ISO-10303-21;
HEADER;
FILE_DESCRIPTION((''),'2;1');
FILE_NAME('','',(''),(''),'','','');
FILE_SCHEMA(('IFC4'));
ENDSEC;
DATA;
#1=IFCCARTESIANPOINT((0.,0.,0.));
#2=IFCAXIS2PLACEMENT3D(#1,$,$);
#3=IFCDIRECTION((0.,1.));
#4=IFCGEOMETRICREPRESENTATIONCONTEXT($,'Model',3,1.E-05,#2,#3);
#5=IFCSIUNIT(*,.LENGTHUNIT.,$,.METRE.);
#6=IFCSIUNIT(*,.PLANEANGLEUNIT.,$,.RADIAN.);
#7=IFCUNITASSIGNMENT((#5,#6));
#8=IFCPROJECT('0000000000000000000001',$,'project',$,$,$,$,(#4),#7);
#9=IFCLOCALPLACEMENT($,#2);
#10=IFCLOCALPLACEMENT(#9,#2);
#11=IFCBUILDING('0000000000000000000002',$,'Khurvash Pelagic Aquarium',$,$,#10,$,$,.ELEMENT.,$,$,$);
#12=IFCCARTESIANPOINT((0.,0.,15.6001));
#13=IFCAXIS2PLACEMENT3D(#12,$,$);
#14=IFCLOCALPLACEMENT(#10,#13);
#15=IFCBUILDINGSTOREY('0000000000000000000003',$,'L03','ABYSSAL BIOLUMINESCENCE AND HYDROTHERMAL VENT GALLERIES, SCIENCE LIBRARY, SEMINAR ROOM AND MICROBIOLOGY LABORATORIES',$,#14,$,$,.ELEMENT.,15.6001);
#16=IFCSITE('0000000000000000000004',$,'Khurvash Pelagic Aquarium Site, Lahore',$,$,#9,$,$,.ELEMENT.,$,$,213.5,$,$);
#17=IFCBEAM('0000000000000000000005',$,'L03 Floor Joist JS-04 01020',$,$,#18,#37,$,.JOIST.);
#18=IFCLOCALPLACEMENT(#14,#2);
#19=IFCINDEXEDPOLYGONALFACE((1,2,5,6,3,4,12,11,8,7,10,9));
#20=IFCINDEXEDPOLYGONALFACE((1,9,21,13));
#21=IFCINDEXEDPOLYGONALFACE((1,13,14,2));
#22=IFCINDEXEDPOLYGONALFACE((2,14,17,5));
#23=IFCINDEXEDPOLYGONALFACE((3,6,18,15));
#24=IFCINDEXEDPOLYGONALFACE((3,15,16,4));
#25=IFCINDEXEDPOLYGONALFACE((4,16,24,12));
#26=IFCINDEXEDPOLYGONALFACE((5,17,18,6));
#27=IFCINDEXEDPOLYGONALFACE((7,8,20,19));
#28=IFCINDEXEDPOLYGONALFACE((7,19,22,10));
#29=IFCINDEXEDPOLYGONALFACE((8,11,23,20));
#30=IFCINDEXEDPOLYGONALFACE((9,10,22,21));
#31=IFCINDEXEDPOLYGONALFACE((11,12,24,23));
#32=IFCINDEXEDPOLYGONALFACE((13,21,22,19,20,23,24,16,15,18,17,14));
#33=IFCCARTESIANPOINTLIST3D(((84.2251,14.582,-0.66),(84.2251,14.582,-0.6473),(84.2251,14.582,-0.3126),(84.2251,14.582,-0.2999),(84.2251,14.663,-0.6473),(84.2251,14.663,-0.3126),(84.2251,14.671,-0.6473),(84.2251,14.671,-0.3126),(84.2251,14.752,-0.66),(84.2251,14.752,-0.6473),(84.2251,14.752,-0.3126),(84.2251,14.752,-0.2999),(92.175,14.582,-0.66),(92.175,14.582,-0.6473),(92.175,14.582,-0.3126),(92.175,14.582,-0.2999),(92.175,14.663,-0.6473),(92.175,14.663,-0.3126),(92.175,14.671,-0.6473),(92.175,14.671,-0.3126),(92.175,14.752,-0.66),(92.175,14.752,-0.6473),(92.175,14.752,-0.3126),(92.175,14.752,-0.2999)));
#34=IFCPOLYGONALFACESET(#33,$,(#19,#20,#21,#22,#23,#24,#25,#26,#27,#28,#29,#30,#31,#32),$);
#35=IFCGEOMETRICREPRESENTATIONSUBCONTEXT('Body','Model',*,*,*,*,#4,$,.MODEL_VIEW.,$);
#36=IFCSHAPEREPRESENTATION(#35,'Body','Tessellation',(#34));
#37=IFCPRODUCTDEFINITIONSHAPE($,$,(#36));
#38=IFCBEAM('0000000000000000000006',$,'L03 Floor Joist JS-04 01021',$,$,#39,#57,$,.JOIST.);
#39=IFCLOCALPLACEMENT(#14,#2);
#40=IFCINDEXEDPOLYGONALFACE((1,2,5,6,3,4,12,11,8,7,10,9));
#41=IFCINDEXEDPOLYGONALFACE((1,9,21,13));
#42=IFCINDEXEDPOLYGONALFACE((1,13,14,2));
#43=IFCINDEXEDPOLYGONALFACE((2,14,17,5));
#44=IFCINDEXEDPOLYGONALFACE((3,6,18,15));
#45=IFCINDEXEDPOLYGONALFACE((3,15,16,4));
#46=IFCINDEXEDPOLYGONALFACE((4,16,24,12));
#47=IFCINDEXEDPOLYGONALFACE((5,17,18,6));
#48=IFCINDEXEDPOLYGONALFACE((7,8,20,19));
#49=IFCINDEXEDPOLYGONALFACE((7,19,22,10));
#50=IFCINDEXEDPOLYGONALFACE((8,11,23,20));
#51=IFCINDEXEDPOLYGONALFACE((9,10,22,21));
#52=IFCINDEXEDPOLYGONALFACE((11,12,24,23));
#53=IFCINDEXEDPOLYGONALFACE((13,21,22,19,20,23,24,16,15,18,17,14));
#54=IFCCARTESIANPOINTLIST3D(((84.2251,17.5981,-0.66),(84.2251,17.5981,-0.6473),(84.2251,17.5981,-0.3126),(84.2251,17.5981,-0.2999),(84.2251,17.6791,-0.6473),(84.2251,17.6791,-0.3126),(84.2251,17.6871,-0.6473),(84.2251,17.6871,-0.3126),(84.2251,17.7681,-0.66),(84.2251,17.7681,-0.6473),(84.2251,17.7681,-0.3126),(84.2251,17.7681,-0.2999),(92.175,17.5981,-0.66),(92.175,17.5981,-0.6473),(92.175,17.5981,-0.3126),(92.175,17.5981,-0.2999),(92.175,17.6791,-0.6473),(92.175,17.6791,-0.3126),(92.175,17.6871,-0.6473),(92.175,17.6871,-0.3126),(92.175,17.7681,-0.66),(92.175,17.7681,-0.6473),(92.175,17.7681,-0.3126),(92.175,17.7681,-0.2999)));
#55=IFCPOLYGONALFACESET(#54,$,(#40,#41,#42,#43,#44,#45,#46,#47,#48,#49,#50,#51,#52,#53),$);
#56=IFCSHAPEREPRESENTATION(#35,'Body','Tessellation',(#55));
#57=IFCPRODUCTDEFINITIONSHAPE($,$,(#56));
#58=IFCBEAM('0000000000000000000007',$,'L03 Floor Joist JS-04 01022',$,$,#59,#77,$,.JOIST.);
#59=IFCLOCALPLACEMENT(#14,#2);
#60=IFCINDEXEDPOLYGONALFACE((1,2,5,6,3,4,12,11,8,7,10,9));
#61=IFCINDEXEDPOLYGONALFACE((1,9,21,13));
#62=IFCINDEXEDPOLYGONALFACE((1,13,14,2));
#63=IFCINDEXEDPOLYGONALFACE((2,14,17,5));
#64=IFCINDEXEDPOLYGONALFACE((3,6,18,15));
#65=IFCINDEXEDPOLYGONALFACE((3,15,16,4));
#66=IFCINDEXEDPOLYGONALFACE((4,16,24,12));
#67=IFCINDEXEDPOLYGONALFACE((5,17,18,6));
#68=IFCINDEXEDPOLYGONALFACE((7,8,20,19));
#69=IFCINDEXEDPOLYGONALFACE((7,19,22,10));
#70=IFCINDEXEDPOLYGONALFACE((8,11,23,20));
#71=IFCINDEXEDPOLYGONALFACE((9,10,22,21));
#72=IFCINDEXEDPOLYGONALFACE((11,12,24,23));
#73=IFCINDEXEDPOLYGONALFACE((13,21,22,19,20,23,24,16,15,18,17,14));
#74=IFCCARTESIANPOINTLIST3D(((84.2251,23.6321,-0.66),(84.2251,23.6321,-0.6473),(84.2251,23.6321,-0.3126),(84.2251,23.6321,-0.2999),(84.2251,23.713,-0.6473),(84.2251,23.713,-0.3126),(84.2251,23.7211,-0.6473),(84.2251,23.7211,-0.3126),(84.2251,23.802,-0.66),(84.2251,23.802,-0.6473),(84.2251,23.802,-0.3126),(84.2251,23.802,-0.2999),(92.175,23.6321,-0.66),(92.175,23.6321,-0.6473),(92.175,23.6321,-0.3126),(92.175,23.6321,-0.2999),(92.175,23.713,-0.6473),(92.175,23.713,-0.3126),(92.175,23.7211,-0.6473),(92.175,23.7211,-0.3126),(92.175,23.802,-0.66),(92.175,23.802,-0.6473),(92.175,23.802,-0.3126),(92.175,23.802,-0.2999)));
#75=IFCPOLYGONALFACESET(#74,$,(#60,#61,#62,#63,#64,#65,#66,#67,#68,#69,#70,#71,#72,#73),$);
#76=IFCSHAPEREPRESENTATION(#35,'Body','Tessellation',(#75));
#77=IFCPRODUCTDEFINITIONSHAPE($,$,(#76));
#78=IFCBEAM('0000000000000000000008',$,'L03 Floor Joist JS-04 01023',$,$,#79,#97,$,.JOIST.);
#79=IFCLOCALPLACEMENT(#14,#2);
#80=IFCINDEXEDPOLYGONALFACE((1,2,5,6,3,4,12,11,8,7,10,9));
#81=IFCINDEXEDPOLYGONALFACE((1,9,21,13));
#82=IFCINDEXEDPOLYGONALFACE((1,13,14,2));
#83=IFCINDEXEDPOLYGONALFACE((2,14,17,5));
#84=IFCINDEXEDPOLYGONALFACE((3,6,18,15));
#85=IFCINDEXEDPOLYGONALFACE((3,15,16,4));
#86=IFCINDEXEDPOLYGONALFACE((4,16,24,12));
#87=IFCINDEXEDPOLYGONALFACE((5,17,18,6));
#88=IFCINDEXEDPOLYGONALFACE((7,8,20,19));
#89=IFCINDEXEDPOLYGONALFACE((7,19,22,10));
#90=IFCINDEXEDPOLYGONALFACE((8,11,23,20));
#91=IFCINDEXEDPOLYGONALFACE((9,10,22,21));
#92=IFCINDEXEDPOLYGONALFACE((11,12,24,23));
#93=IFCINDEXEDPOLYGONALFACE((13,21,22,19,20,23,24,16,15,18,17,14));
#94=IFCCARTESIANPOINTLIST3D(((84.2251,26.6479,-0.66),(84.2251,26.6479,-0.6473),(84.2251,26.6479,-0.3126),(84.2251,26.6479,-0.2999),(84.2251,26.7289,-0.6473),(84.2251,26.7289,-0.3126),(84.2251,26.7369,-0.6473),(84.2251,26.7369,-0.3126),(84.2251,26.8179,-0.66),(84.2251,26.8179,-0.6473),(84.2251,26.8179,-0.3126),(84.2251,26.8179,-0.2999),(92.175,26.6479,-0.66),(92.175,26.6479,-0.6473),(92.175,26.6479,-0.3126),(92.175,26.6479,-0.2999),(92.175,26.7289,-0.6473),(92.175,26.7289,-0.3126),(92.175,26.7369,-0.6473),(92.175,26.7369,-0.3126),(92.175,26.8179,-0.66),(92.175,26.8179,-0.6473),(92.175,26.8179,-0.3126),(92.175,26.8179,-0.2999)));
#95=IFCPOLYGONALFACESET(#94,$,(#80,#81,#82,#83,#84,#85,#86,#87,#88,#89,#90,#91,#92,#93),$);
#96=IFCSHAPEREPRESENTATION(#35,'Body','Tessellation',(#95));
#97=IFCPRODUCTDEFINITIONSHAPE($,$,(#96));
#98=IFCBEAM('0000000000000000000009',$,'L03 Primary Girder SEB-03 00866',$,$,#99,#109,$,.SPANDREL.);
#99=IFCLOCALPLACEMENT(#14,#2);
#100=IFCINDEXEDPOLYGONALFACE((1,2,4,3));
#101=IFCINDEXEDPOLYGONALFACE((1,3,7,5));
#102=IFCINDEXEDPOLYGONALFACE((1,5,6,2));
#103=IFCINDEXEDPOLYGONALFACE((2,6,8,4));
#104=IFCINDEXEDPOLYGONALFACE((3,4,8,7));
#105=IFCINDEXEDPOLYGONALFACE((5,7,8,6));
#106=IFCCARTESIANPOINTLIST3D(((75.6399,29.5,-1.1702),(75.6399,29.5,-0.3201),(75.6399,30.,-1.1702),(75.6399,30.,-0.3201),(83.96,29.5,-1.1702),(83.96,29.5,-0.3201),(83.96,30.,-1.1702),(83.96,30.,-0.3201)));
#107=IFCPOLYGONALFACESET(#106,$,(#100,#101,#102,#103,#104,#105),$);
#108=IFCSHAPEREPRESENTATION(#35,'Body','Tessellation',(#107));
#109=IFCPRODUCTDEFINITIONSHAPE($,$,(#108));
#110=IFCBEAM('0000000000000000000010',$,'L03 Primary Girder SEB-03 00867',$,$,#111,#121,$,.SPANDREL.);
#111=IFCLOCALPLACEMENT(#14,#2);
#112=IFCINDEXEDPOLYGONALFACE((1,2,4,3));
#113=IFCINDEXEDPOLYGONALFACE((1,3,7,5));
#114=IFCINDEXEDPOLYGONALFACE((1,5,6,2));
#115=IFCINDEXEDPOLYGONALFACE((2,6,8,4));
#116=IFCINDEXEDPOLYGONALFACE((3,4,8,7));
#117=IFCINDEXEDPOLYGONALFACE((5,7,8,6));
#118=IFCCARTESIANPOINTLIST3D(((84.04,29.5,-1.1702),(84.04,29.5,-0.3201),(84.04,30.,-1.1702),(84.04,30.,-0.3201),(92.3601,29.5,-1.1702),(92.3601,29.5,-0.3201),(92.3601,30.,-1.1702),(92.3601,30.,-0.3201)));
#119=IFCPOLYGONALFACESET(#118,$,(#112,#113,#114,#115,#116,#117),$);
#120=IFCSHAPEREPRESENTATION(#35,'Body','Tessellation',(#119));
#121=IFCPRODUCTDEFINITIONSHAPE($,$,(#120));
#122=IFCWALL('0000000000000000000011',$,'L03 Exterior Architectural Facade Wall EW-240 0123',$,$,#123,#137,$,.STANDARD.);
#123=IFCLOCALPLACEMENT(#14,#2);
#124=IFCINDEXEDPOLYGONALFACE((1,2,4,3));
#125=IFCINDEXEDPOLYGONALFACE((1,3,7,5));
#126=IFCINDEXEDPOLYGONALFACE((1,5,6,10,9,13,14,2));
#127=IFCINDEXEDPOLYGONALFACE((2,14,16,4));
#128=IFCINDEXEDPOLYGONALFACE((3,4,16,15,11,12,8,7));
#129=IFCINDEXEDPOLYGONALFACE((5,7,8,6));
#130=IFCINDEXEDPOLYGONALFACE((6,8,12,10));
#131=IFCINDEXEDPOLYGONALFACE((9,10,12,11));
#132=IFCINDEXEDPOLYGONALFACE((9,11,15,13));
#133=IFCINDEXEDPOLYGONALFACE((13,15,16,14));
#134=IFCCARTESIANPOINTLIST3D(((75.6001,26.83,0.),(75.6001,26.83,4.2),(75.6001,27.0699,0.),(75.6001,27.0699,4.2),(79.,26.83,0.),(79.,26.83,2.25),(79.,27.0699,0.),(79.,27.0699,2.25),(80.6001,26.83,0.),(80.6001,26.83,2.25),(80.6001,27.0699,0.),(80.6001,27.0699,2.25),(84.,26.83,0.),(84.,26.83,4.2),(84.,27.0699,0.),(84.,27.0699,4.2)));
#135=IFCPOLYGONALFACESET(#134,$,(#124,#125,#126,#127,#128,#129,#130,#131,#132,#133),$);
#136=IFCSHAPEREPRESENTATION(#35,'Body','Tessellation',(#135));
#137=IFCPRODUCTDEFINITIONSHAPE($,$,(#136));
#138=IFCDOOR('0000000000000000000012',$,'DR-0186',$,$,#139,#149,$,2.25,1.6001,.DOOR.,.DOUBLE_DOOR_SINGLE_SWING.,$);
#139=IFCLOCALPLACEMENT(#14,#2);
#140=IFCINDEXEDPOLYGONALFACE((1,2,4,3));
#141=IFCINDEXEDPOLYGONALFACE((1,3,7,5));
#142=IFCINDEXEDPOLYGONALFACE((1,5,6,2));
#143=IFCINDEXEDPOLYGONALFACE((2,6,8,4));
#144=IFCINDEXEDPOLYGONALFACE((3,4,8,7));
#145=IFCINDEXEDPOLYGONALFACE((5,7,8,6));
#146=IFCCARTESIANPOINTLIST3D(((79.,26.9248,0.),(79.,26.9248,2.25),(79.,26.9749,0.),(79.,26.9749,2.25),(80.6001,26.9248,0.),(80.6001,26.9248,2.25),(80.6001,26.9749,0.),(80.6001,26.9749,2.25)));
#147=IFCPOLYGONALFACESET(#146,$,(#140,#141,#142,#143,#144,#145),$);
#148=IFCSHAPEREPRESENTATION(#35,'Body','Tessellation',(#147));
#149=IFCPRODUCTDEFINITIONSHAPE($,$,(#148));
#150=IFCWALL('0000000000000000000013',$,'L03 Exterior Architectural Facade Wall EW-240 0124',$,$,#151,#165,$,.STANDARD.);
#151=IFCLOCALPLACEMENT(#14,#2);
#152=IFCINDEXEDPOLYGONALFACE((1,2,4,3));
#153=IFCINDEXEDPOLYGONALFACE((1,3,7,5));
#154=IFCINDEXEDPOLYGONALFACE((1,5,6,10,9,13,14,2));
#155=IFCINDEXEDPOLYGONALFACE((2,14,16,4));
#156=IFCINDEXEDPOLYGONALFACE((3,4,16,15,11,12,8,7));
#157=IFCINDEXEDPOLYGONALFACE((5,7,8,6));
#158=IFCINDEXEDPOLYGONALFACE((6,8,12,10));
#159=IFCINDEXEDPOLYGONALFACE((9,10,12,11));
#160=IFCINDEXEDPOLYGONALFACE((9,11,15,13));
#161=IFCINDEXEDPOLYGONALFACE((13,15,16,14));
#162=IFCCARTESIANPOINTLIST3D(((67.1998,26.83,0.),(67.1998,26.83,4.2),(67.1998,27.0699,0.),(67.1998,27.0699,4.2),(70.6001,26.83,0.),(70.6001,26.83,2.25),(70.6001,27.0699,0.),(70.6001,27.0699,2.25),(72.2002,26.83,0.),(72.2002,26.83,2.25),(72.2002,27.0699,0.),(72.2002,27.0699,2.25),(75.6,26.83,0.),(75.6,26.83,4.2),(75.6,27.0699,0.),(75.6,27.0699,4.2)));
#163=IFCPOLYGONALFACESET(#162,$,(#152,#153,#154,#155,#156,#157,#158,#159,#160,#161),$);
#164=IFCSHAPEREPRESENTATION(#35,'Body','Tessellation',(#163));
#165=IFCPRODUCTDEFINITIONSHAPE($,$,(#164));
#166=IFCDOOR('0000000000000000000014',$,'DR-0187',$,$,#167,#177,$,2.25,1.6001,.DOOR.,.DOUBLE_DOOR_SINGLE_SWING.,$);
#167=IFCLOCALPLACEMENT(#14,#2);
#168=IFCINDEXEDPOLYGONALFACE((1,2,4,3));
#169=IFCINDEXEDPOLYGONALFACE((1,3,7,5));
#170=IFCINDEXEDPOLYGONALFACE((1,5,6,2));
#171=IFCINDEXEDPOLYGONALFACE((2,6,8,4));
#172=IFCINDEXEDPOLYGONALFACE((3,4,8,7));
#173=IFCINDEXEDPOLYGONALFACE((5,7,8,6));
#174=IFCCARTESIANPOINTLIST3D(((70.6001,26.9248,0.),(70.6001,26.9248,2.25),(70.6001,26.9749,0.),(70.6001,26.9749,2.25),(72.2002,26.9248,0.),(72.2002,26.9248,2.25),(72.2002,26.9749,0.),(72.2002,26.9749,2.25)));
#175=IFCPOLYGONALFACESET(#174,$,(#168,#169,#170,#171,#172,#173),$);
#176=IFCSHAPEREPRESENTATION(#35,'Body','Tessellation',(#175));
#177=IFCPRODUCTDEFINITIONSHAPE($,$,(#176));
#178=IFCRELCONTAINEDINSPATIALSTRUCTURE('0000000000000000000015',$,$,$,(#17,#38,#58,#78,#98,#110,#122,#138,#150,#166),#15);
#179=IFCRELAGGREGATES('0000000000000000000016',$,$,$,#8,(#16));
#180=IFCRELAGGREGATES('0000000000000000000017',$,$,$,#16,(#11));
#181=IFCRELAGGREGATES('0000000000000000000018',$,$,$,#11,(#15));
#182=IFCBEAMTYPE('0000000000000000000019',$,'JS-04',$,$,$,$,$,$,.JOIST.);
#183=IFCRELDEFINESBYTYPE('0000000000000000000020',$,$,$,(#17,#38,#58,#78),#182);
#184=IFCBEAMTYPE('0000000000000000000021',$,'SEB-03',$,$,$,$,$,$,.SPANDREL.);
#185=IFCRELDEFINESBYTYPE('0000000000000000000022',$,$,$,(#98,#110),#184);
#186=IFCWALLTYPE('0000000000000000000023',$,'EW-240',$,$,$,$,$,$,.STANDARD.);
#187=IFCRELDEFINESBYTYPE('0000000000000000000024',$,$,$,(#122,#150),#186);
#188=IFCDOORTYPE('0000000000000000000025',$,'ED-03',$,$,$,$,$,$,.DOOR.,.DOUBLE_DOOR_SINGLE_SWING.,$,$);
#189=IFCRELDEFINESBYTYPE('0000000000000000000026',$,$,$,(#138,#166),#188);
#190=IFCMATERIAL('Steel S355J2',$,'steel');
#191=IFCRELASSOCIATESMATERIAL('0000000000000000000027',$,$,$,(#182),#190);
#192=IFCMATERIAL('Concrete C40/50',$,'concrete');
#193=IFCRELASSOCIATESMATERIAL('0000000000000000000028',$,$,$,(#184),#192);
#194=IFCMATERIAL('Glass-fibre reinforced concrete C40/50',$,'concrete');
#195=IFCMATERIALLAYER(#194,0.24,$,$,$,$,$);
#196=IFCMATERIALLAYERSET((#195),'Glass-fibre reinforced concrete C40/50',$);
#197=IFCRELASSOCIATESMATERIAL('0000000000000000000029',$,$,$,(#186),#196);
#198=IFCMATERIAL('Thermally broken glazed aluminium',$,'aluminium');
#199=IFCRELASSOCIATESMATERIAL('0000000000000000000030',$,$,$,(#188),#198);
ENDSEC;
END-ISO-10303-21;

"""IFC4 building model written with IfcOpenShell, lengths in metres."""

from ifc_helpers import new_model, si_unit, direction, frame, frame_2d, origin, origin_2d, place, context, subcontext, project, spatial, rectangle, i_section, extrude, material, layer, layer_set, material_profile, profile_set, type_object, element, fill, save


model = new_model("IFC4")

# Units and contexts
model_context = context("Model", 3, precision=1e-05, world=origin(), true_north=direction((0.0, 1.0)))
body_context = subcontext(model_context, "Body", "Model", "MODEL_VIEW")
ifc_project = project(units=[si_unit("LENGTHUNIT", "METRE"), si_unit("PLANEANGLEUNIT", "RADIAN")], contexts=[model_context])

# Site, building, storey
site_placement = place(None, origin())
site = spatial("IfcSite", under=ifc_project, at=site_placement, Name="Khurvash Pelagic Aquarium Site, Lahore", CompositionType="ELEMENT", RefElevation=213.5)
building_placement = place(site_placement, origin())
building = spatial("IfcBuilding", under=site, at=building_placement, Name="Khurvash Pelagic Aquarium", CompositionType="ELEMENT")
storey_placement = place(building_placement, frame((0.0, 0.0, 15.6001)))
storey = spatial("IfcBuildingStorey", under=building, at=storey_placement, Name="L03", Description="ABYSSAL BIOLUMINESCENCE AND HYDROTHERMAL VENT GALLERIES, SCIENCE LIBRARY, SEMINAR ROOM AND MICROBIOLOGY LABORATORIES", CompositionType="ELEMENT", Elevation=15.6001)

# Shared definitions
ifc_material_1 = material(Name="Concrete C40/50", Category="concrete")

# Beams
ifc_material_2 = material(Name="Steel S355J2", Category="steel")
ifc_material_profile_1 = material_profile(ifc_material_2, i_section(OverallWidth=0.1699, OverallDepth=0.3601, WebThickness=0.0081, FlangeThickness=0.0127, at=origin_2d()), Name="IPE360")
ifc_profile_set_1 = profile_set([ifc_material_profile_1], Name="Steel S355J2")
beam_type_1 = type_object("IfcBeamType", Name="JS-04", PredefinedType="JOIST", material=ifc_profile_set_1)
for number, where, z_axis, x_axis, name in (
    (1, (84.2251, 14.667, -0.48), (1.0, 0.0, 0.0), (0.0, 1.0, 0.0), "L03 Floor Joist JS-04 01020"),
    (2, (84.2251, 17.6831, -0.48), (1.0, 0.0, 0.0), (0.0, 1.0, 0.0), "L03 Floor Joist JS-04 01021"),
    (3, (84.2251, 23.717, -0.48), (1.0, 0.0, 0.0), (0.0, 1.0, 0.0), "L03 Floor Joist JS-04 01022"),
    (4, (84.2251, 26.7329, -0.48), (1.0, 0.0, 0.0), (0.0, 1.0, 0.0), "L03 Floor Joist JS-04 01023"),
):
    element("IfcBeam", number, at=place(storey_placement, frame(where, z_axis=z_axis, x_axis=x_axis)), inside=storey, type_object=beam_type_1, Name=name, PredefinedType="JOIST", context=body_context, shape_type="SweptSolid", body=[
        extrude(i_section(OverallWidth=0.1699, OverallDepth=0.3601, WebThickness=0.0081, FlangeThickness=0.0127, at=origin_2d()), origin(), (0.0, 0.0, 1.0), 7.95),
    ])
ifc_material_profile_2 = material_profile(ifc_material_1, rectangle(XDim=0.5, YDim=0.8501, at=origin_2d()), Name="RC500X850")
ifc_profile_set_2 = profile_set([ifc_material_profile_2], Name="Concrete C40/50")
beam_type_2 = type_object("IfcBeamType", Name="SEB-03", PredefinedType="SPANDREL", material=ifc_profile_set_2)
for number, where, z_axis, x_axis, name in (
    (5, (75.6399, 29.75, -0.7451), (1.0, 0.0, 0.0), (0.0, 1.0, 0.0), "L03 Primary Girder SEB-03 00866"),
    (6, (84.04, 29.75, -0.7451), (1.0, 0.0, 0.0), (0.0, 1.0, 0.0), "L03 Primary Girder SEB-03 00867"),
):
    element("IfcBeam", number, at=place(storey_placement, frame(where, z_axis=z_axis, x_axis=x_axis)), inside=storey, type_object=beam_type_2, Name=name, PredefinedType="SPANDREL", context=body_context, shape_type="SweptSolid", body=[
        extrude(rectangle(XDim=0.5, YDim=0.8501, at=origin_2d()), origin(), (0.0, 0.0, 1.0), 8.3201),
    ])

# Walls, openings, doors
ifc_material_3 = material(Name="Glass-fibre reinforced concrete C40/50", Category="concrete")
ifc_layer = layer(ifc_material_3, 0.24)
ifc_layer_set = layer_set([ifc_layer], Name="Glass-fibre reinforced concrete C40/50")
wall_type = type_object("IfcWallType", Name="EW-240", PredefinedType="STANDARD", material=ifc_layer_set)
wall_1_placement = place(storey_placement, frame((84.0, 26.95, 0.0), z_axis=(0.0, 0.0, 1.0), x_axis=(-1.0, 0.0, 0.0)))
wall_1 = element("IfcWall", 7, at=wall_1_placement, inside=storey, type_object=wall_type, Name="L03 Exterior Architectural Facade Wall EW-240 0123", PredefinedType="STANDARD", context=body_context, shape_type="SweptSolid", body=[
    extrude(rectangle(XDim=8.3999, YDim=0.24, at=frame_2d((4.2, 0.0))), origin(), (0.0, 0.0, 1.0), 4.2),
])
opening_1_placement = place(wall_1_placement, frame((3.3999, 0.0, 0.0)))
opening_1 = element("IfcOpeningElement", 8, at=opening_1_placement, cuts=wall_1, PredefinedType="OPENING", context=body_context, shape_type="SweptSolid", body=[
    extrude(rectangle(XDim=1.6001, YDim=2.25, at=frame_2d((0.8, 1.125))), frame((0.0, 0.1299, 0.0), z_axis=(0.0, -1.0, 0.0), x_axis=(1.0, 0.0, 0.0)), (0.0, 0.0, 1.0), 0.26),
])
ifc_material_4 = material(Name="Thermally broken glazed aluminium", Category="aluminium")
door_type = type_object("IfcDoorType", Name="ED-03", OperationType="DOUBLE_DOOR_SINGLE_SWING", PredefinedType="DOOR", material=ifc_material_4)
door_1_placement = place(opening_1_placement, frame((1.6001, 0.0, 0.0), z_axis=(0.0, 0.0, 1.0), x_axis=(-1.0, 0.0, 0.0)))
door_1 = element("IfcDoor", 9, at=door_1_placement, inside=storey, type_object=door_type, Name="DR-0186", OperationType="DOUBLE_DOOR_SINGLE_SWING", OverallHeight=2.25, OverallWidth=1.6001, PredefinedType="DOOR", context=body_context, shape_type="SweptSolid", body=[
    extrude(rectangle(XDim=1.6001, YDim=2.25, at=frame_2d((0.8, 1.125))), frame((0.0, 0.0249, 0.0), z_axis=(0.0, -1.0, 0.0), x_axis=(1.0, 0.0, 0.0)), (0.0, 0.0, 1.0), 0.05),
])
fill(opening_1, door_1)
wall_2_placement = place(storey_placement, frame((75.6001, 26.95, 0.0), z_axis=(0.0, 0.0, 1.0), x_axis=(-1.0, 0.0, 0.0)))
wall_2 = element("IfcWall", 10, at=wall_2_placement, inside=storey, type_object=wall_type, Name="L03 Exterior Architectural Facade Wall EW-240 0124", PredefinedType="STANDARD", context=body_context, shape_type="SweptSolid", body=[
    extrude(rectangle(XDim=8.4001, YDim=0.24, at=frame_2d((4.2002, 0.0))), origin(), (0.0, 0.0, 1.0), 4.2),
])
opening_2_placement = place(wall_2_placement, frame((3.3999, 0.0, 0.0)))
opening_2 = element("IfcOpeningElement", 11, at=opening_2_placement, cuts=wall_2, PredefinedType="OPENING", context=body_context, shape_type="SweptSolid", body=[
    extrude(rectangle(XDim=1.6001, YDim=2.25, at=frame_2d((0.8, 1.125))), frame((0.0, 0.1299, 0.0), z_axis=(0.0, -1.0, 0.0), x_axis=(1.0, 0.0, 0.0)), (0.0, 0.0, 1.0), 0.26),
])
door_2_placement = place(opening_2_placement, frame((1.6001, 0.0, 0.0), z_axis=(0.0, 0.0, 1.0), x_axis=(-1.0, 0.0, 0.0)))
door_2 = element("IfcDoor", 12, at=door_2_placement, inside=storey, type_object=door_type, Name="DR-0187", OperationType="DOUBLE_DOOR_SINGLE_SWING", OverallHeight=2.25, OverallWidth=1.6001, PredefinedType="DOOR", context=body_context, shape_type="SweptSolid", body=[
    extrude(rectangle(XDim=1.6001, YDim=2.25, at=frame_2d((0.8, 1.125))), frame((0.0, 0.0249, 0.0), z_axis=(0.0, -1.0, 0.0), x_axis=(1.0, 0.0, 0.0)), (0.0, 0.0, 1.0), 0.05),
])
fill(opening_2, door_2)

save(model, "model.ifc")
